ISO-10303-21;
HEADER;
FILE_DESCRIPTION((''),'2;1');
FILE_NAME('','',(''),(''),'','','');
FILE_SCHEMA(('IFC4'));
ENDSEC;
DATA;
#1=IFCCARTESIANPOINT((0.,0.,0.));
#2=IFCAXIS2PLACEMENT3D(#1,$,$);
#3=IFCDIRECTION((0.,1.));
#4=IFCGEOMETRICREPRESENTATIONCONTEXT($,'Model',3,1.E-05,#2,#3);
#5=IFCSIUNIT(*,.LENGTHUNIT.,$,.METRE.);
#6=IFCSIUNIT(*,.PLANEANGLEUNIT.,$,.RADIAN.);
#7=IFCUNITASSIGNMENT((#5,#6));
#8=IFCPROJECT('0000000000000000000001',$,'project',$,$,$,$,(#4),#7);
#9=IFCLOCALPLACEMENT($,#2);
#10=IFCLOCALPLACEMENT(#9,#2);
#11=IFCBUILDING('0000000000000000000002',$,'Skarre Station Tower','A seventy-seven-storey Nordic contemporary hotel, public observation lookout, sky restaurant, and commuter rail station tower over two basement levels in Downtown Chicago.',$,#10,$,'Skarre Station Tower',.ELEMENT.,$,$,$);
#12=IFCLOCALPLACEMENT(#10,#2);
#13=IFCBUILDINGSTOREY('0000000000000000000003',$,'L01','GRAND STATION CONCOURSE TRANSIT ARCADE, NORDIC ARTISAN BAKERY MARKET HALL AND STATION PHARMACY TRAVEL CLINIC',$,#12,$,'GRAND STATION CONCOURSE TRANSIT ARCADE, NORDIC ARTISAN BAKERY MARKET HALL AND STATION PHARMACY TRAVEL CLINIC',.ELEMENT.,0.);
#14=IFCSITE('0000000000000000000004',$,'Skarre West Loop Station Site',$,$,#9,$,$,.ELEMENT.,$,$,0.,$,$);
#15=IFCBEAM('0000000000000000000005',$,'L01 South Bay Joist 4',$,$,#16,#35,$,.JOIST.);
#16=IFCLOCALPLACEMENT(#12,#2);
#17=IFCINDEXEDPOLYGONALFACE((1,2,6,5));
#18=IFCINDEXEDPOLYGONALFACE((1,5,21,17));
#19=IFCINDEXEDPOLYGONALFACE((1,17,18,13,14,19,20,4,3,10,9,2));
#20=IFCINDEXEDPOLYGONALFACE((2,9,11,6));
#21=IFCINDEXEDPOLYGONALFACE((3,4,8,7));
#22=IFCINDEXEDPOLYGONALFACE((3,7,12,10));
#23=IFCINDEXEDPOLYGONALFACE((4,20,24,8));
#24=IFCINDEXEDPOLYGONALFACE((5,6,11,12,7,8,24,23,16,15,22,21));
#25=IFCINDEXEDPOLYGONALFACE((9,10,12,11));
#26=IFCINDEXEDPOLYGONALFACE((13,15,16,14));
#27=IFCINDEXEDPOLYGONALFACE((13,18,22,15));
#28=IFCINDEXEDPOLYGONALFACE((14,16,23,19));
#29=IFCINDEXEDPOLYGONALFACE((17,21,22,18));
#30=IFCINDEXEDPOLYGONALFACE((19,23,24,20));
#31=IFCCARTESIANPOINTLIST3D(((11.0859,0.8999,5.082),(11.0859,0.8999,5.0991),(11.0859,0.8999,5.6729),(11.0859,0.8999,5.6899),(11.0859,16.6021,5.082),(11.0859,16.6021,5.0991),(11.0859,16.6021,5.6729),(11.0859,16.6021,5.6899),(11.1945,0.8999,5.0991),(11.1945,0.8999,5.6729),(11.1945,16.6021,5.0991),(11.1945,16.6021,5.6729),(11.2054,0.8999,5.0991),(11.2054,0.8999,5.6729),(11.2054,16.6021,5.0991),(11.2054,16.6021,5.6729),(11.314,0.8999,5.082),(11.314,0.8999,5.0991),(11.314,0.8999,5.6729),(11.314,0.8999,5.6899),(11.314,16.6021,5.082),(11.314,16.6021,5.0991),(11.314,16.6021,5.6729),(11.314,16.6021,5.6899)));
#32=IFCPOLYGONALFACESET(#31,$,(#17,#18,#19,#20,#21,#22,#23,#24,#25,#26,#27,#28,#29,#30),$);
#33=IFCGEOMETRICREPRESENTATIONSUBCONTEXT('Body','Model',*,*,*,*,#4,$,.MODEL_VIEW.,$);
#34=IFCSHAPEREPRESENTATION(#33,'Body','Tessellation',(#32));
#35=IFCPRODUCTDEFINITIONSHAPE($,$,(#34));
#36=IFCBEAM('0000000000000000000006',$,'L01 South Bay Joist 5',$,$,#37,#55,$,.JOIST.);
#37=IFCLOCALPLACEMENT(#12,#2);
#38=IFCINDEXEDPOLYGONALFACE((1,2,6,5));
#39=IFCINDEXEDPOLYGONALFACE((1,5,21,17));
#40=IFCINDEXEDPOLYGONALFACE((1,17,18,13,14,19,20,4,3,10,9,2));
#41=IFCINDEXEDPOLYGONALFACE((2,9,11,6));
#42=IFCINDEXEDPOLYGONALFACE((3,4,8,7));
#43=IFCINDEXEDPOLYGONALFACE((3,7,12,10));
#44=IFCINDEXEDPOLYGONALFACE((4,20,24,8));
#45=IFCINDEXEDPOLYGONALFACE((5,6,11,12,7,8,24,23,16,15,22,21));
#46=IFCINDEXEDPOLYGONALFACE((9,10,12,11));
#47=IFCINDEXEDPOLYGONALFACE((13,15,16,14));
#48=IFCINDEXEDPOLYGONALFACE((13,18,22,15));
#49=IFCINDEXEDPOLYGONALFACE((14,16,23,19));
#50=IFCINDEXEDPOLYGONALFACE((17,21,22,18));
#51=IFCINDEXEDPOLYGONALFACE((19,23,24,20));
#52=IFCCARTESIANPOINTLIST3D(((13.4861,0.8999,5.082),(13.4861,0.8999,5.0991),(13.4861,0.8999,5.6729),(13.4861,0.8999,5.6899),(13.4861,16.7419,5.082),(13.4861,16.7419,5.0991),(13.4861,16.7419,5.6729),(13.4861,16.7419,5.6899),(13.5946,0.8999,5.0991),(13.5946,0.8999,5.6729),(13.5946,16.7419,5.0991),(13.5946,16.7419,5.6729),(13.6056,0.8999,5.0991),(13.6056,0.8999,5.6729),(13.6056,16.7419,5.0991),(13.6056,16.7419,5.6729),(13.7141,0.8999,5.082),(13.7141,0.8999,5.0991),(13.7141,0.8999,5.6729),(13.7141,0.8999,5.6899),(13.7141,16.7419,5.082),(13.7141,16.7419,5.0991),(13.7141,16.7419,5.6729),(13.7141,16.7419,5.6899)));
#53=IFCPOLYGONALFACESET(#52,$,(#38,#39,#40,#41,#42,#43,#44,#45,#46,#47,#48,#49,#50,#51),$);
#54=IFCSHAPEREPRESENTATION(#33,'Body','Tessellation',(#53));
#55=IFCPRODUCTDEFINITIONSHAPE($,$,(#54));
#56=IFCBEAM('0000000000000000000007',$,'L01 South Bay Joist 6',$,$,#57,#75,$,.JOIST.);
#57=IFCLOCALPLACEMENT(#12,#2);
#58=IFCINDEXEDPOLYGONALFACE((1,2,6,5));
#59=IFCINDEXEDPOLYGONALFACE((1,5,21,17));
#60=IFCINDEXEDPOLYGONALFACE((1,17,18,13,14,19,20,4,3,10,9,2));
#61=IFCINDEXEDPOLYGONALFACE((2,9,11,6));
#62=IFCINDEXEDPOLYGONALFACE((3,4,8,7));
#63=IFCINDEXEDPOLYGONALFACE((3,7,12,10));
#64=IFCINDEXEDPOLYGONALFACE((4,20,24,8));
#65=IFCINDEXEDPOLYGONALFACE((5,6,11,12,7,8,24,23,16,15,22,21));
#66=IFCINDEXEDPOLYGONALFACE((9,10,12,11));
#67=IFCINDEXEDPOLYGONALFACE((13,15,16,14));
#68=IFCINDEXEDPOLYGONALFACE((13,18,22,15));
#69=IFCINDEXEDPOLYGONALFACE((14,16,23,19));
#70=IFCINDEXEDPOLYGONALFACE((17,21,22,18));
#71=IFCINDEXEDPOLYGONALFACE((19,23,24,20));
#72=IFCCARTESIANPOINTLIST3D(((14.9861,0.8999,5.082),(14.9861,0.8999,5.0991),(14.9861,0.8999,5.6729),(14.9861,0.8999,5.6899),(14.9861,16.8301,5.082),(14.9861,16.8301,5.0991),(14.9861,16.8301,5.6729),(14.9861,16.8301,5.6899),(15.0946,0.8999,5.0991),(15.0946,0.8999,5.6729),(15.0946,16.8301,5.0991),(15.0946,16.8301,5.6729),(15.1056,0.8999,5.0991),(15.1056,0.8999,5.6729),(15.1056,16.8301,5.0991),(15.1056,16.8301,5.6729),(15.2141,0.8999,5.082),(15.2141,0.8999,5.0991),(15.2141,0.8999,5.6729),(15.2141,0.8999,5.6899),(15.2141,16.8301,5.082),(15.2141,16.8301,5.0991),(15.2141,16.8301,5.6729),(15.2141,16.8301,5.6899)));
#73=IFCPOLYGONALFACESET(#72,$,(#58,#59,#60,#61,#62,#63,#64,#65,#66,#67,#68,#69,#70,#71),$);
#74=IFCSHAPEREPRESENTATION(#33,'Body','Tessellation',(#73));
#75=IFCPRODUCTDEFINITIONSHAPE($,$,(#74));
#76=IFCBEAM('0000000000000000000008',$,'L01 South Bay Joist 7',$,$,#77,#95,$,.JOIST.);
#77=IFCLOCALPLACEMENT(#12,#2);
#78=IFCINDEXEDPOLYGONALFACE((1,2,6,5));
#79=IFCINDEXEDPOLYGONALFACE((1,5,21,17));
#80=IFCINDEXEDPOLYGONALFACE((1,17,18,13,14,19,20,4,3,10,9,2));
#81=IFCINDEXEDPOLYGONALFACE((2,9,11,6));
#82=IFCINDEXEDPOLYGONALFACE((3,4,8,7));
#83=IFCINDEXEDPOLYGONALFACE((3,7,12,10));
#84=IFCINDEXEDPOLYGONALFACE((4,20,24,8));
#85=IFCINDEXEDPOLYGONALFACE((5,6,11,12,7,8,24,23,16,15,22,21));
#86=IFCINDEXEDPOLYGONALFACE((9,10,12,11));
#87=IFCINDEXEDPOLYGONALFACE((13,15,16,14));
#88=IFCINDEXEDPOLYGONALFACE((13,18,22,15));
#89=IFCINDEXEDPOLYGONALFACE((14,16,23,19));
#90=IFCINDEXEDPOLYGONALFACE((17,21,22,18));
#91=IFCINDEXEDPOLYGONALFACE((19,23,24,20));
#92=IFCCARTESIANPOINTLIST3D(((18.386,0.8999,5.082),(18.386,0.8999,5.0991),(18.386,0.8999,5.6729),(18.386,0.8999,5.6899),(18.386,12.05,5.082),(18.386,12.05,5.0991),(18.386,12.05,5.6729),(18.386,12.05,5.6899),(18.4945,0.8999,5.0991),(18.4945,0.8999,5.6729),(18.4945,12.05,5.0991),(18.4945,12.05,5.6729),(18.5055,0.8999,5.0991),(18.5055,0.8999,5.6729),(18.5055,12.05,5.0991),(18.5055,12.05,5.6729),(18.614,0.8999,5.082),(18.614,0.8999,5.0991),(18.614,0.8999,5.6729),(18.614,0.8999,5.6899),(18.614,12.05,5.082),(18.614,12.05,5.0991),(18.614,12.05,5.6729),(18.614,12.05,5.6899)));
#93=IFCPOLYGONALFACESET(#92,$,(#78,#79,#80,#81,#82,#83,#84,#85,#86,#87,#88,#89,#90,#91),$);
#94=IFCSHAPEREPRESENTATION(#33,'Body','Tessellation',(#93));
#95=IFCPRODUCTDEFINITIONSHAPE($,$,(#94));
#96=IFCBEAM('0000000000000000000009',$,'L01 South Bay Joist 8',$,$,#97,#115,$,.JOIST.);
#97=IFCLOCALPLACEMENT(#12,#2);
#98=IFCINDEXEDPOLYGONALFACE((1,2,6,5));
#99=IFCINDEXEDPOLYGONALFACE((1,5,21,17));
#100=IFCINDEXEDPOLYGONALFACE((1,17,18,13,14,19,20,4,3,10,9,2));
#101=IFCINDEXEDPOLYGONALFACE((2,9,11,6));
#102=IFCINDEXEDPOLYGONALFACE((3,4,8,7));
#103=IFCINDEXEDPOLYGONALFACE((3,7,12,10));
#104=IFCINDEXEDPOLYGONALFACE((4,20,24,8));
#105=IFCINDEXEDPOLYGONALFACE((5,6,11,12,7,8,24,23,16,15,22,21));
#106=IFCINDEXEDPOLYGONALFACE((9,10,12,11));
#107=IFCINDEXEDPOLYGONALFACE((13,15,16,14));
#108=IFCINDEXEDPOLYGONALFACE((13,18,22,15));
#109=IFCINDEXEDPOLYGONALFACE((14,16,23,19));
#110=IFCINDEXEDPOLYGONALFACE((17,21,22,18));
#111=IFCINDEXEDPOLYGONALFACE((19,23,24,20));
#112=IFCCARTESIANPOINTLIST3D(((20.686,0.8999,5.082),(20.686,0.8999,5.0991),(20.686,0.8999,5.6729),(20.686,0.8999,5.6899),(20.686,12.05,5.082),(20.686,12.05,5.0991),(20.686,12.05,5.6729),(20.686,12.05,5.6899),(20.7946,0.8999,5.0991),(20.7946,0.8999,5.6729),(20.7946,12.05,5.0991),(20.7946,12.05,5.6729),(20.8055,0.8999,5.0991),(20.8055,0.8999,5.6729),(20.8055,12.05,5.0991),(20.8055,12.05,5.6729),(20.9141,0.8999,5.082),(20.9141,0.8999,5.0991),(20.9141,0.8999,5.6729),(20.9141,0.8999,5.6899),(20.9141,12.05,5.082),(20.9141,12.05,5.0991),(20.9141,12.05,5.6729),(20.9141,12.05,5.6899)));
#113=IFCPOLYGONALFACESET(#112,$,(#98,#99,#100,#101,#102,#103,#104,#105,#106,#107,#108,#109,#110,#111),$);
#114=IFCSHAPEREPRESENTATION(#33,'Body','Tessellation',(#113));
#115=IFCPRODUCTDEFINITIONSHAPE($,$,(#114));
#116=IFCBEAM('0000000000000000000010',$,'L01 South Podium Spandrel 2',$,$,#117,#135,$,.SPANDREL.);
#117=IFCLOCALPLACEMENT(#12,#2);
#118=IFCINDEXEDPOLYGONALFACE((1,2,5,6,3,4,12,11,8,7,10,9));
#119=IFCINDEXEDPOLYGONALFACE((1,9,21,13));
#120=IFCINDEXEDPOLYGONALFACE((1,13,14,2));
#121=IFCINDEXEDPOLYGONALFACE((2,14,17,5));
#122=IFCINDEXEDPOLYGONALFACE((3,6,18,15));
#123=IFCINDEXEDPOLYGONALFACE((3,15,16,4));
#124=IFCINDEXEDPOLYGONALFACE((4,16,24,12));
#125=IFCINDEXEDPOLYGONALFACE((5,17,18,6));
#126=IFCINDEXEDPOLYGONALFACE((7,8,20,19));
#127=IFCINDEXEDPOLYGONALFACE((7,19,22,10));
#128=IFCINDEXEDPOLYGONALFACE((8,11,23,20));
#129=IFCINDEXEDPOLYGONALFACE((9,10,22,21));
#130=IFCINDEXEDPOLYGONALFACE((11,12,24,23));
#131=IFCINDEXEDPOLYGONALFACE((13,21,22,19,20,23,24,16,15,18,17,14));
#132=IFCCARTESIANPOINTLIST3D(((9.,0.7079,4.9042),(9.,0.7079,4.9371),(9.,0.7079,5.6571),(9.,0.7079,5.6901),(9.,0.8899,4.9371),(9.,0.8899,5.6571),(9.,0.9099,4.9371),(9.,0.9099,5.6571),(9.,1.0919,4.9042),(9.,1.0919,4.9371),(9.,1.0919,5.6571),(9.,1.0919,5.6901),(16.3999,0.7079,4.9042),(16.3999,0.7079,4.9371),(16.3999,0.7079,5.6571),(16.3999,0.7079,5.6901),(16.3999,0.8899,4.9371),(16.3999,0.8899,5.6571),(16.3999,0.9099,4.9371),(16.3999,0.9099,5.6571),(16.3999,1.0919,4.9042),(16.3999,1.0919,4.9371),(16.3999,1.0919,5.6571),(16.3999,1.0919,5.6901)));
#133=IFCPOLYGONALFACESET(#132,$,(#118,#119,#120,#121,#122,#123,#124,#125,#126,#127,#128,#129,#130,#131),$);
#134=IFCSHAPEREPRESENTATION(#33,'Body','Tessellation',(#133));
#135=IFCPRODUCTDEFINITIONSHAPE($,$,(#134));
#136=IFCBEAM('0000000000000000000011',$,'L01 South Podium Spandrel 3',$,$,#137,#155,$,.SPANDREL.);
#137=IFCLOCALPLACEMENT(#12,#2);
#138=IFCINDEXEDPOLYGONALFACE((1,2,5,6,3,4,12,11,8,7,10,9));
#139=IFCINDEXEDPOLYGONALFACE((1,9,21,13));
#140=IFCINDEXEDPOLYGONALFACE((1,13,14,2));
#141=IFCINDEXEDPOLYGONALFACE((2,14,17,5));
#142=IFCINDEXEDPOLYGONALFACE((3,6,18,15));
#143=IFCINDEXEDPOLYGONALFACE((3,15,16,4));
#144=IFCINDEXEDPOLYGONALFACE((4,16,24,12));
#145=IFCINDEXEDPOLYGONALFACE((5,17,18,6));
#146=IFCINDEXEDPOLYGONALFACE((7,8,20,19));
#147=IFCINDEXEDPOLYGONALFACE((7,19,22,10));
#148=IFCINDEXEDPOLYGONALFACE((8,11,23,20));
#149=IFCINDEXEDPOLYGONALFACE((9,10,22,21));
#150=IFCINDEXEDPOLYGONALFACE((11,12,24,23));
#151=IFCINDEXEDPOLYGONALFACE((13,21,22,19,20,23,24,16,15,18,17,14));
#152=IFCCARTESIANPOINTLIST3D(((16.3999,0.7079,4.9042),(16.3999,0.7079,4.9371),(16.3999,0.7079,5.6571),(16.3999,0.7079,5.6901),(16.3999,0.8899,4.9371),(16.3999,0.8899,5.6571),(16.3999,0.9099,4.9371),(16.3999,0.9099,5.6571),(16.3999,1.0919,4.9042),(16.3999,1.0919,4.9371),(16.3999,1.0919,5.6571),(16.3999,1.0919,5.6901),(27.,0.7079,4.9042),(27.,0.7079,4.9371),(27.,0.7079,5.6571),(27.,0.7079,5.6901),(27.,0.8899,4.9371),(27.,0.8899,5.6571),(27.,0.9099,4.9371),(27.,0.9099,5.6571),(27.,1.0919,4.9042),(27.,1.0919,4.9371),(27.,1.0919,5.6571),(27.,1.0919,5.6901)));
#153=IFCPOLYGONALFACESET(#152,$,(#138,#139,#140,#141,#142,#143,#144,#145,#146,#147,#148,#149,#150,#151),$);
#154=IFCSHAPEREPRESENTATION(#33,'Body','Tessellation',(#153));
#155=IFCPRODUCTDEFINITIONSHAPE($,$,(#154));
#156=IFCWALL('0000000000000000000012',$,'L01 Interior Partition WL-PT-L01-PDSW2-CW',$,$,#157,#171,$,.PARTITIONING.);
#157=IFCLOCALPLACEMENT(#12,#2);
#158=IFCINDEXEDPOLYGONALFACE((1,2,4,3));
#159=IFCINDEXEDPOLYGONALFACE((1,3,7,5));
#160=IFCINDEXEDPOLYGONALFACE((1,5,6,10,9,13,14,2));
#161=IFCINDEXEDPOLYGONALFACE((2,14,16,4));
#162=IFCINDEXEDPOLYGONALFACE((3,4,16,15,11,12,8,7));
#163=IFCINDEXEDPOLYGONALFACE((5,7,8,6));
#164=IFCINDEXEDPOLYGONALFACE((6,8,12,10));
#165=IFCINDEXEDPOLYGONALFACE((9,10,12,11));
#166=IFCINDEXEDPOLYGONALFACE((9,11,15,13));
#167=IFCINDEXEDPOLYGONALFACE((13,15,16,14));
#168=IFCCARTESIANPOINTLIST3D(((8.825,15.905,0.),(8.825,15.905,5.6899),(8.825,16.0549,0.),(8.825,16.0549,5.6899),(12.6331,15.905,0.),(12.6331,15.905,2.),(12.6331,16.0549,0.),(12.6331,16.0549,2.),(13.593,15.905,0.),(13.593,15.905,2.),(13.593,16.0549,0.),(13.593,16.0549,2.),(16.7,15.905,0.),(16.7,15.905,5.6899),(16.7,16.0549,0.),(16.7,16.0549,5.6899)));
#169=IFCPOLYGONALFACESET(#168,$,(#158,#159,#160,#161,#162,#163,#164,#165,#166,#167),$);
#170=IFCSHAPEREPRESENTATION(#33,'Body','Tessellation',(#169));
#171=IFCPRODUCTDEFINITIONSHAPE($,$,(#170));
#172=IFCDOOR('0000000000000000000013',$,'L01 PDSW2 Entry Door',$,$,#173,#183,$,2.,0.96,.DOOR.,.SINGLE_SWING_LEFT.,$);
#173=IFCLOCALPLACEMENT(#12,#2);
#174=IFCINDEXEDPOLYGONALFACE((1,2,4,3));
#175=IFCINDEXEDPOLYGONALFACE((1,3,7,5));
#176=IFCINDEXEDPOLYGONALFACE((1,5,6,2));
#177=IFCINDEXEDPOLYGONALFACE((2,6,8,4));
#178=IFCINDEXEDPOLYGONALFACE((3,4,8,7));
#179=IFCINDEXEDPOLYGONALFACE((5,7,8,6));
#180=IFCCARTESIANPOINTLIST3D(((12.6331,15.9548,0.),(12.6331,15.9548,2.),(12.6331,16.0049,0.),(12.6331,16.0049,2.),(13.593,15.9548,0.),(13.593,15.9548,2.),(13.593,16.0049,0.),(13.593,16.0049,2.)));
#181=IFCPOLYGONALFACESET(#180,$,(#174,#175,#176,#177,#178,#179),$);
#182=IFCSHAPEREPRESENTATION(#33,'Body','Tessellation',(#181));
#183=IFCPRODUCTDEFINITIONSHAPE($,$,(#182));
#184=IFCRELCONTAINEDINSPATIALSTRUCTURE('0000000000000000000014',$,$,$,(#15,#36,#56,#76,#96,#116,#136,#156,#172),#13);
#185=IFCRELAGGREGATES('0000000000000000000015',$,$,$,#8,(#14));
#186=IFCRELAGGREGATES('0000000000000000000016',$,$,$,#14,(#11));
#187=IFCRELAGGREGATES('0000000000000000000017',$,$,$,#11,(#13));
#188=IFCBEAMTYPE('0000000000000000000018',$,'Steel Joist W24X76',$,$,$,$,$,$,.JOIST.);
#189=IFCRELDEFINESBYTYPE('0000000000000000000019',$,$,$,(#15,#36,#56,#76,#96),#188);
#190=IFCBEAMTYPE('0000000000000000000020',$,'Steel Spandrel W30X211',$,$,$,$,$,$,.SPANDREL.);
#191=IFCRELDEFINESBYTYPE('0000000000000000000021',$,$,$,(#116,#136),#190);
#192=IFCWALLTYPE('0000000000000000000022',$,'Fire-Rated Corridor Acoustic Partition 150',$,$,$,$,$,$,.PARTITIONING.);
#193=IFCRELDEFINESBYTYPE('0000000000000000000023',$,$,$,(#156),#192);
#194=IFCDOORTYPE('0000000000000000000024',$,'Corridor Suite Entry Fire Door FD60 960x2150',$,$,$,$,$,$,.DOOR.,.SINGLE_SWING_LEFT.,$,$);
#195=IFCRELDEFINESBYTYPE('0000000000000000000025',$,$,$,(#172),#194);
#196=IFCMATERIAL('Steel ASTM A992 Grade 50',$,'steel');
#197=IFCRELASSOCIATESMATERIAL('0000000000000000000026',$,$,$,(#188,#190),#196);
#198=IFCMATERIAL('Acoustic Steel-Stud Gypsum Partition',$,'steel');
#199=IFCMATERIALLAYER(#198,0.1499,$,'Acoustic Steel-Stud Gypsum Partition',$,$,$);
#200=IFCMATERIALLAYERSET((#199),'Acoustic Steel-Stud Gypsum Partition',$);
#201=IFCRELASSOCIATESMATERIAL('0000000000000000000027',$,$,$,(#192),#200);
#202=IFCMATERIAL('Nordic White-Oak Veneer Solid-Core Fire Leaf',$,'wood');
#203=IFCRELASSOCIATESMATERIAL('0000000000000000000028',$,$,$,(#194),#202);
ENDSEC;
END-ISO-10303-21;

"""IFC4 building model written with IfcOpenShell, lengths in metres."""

from ifc_helpers import new_model, si_unit, direction, frame, frame_2d, origin, origin_2d, place, context, subcontext, project, spatial, rectangle, i_section, extrude, material, layer, layer_set, material_profile, profile_set, type_object, element, fill, save


model = new_model("IFC4")

# Units and contexts
model_context = context("Model", 3, precision=1e-05, world=origin(), true_north=direction((0.0, 1.0)))
body_context = subcontext(model_context, "Body", "Model", "MODEL_VIEW")
ifc_project = project(units=[si_unit("LENGTHUNIT", "METRE"), si_unit("PLANEANGLEUNIT", "RADIAN")], contexts=[model_context])

# Site, building, storey
site_placement = place(None, origin())
site = spatial("IfcSite", under=ifc_project, at=site_placement, Name="Skarre West Loop Station Site", CompositionType="ELEMENT", RefElevation=0.0)
building_placement = place(site_placement, origin())
building = spatial("IfcBuilding", under=site, at=building_placement, Name="Skarre Station Tower", Description="A seventy-seven-storey Nordic contemporary hotel, public observation lookout, sky restaurant, and commuter rail station tower over two basement levels in Downtown Chicago.", LongName="Skarre Station Tower", CompositionType="ELEMENT")
storey_placement = place(building_placement, origin())
storey = spatial("IfcBuildingStorey", under=building, at=storey_placement, Name="L01", Description="GRAND STATION CONCOURSE TRANSIT ARCADE, NORDIC ARTISAN BAKERY MARKET HALL AND STATION PHARMACY TRAVEL CLINIC", LongName="GRAND STATION CONCOURSE TRANSIT ARCADE, NORDIC ARTISAN BAKERY MARKET HALL AND STATION PHARMACY TRAVEL CLINIC", CompositionType="ELEMENT", Elevation=0.0)

# Beams
ifc_material_1 = material(Name="Steel ASTM A992 Grade 50", Category="steel")
ifc_material_profile_1 = material_profile(ifc_material_1, i_section(OverallWidth=0.228, OverallDepth=0.6079, WebThickness=0.011, FlangeThickness=0.0171, at=origin_2d()), Name="Steel ASTM A992 Grade 50")
ifc_profile_set_1 = profile_set([ifc_material_profile_1], Name="Steel ASTM A992 Grade 50")
beam_type_1 = type_object("IfcBeamType", Name="Steel Joist W24X76", PredefinedType="JOIST", material=ifc_profile_set_1)
beam_1_placement = place(storey_placement, frame((11.2, 0.8999, 5.386), z_axis=(0.0, 1.0, 0.0), x_axis=(-1.0, 0.0, 0.0)))
element("IfcBeam", 1, at=beam_1_placement, inside=storey, type_object=beam_type_1, Name="L01 South Bay Joist 4", PredefinedType="JOIST", context=body_context, shape_type="SweptSolid", body=[
    extrude(i_section(OverallWidth=0.228, OverallDepth=0.6079, WebThickness=0.011, FlangeThickness=0.0171, at=origin_2d()), origin(), (0.0, 0.0, 1.0), 15.7021),
])
beam_2_placement = place(storey_placement, frame((13.6001, 0.8999, 5.386), z_axis=(0.0, 1.0, 0.0), x_axis=(-1.0, 0.0, 0.0)))
element("IfcBeam", 2, at=beam_2_placement, inside=storey, type_object=beam_type_1, Name="L01 South Bay Joist 5", PredefinedType="JOIST", context=body_context, shape_type="SweptSolid", body=[
    extrude(i_section(OverallWidth=0.228, OverallDepth=0.6079, WebThickness=0.011, FlangeThickness=0.0171, at=origin_2d()), origin(), (0.0, 0.0, 1.0), 15.842),
])
beam_3_placement = place(storey_placement, frame((15.1001, 0.8999, 5.386), z_axis=(0.0, 1.0, 0.0), x_axis=(-1.0, 0.0, 0.0)))
element("IfcBeam", 3, at=beam_3_placement, inside=storey, type_object=beam_type_1, Name="L01 South Bay Joist 6", PredefinedType="JOIST", context=body_context, shape_type="SweptSolid", body=[
    extrude(i_section(OverallWidth=0.228, OverallDepth=0.6079, WebThickness=0.011, FlangeThickness=0.0171, at=origin_2d()), origin(), (0.0, 0.0, 1.0), 15.9302),
])
for number, where, z_axis, x_axis, name in (
    (4, (18.5, 0.8999, 5.386), (0.0, 1.0, 0.0), (-1.0, 0.0, 0.0), "L01 South Bay Joist 7"),
    (5, (20.8, 0.8999, 5.386), (0.0, 1.0, 0.0), (-1.0, 0.0, 0.0), "L01 South Bay Joist 8"),
):
    element("IfcBeam", number, at=place(storey_placement, frame(where, z_axis=z_axis, x_axis=x_axis)), inside=storey, type_object=beam_type_1, Name=name, PredefinedType="JOIST", context=body_context, shape_type="SweptSolid", body=[
        extrude(i_section(OverallWidth=0.228, OverallDepth=0.6079, WebThickness=0.011, FlangeThickness=0.0171, at=origin_2d()), origin(), (0.0, 0.0, 1.0), 11.1501),
    ])
ifc_material_profile_2 = material_profile(ifc_material_1, i_section(OverallWidth=0.384, OverallDepth=0.7859, WebThickness=0.02, FlangeThickness=0.033, at=origin_2d()), Name="Steel ASTM A992 Grade 50")
ifc_profile_set_2 = profile_set([ifc_material_profile_2], Name="Steel ASTM A992 Grade 50")
beam_type_2 = type_object("IfcBeamType", Name="Steel Spandrel W30X211", PredefinedType="SPANDREL", material=ifc_profile_set_2)
beam_4_placement = place(storey_placement, frame((9.0, 0.8999, 5.2971), z_axis=(1.0, 0.0, 0.0), x_axis=(0.0, 1.0, 0.0)))
element("IfcBeam", 6, at=beam_4_placement, inside=storey, type_object=beam_type_2, Name="L01 South Podium Spandrel 2", PredefinedType="SPANDREL", context=body_context, shape_type="SweptSolid", body=[
    extrude(i_section(OverallWidth=0.384, OverallDepth=0.7859, WebThickness=0.02, FlangeThickness=0.033, at=origin_2d()), origin(), (0.0, 0.0, 1.0), 7.3999),
])
beam_5_placement = place(storey_placement, frame((16.3999, 0.8999, 5.2971), z_axis=(1.0, 0.0, 0.0), x_axis=(0.0, 1.0, 0.0)))
element("IfcBeam", 7, at=beam_5_placement, inside=storey, type_object=beam_type_2, Name="L01 South Podium Spandrel 3", PredefinedType="SPANDREL", context=body_context, shape_type="SweptSolid", body=[
    extrude(i_section(OverallWidth=0.384, OverallDepth=0.7859, WebThickness=0.02, FlangeThickness=0.033, at=origin_2d()), origin(), (0.0, 0.0, 1.0), 10.6001),
])

# Wall, opening, door
ifc_material_2 = material(Name="Acoustic Steel-Stud Gypsum Partition", Category="steel")
ifc_layer_1 = layer(ifc_material_2, 0.1499, Name="Acoustic Steel-Stud Gypsum Partition")
ifc_layer_set_1 = layer_set([ifc_layer_1], Name="Acoustic Steel-Stud Gypsum Partition")
wall_type_1 = type_object("IfcWallType", Name="Fire-Rated Corridor Acoustic Partition 150", PredefinedType="PARTITIONING", material=ifc_layer_set_1)
wall_1_placement = place(storey_placement, frame((8.825, 15.98, 0.0), z_axis=(0.0, 0.0, 1.0), x_axis=(1.0, 0.0, 0.0)))
wall_1 = element("IfcWall", 8, at=wall_1_placement, inside=storey, type_object=wall_type_1, Name="L01 Interior Partition WL-PT-L01-PDSW2-CW", PredefinedType="PARTITIONING", context=body_context, shape_type="SweptSolid", body=[
    extrude(rectangle(XDim=7.875, YDim=0.1499, at=frame_2d((3.9375, 0.0))), origin(), (0.0, 0.0, 1.0), 5.6899),
])
opening_placement = place(wall_1_placement, frame((3.8081, 0.0, 0.0)))
opening = element("IfcOpeningElement", 9, at=opening_placement, cuts=wall_1, PredefinedType="OPENING", context=body_context, shape_type="SweptSolid", body=[
    extrude(rectangle(XDim=0.96, YDim=2.0, at=frame_2d((0.48, 1.0))), frame((0.0, 0.085, 0.0), z_axis=(0.0, -1.0, 0.0), x_axis=(1.0, 0.0, 0.0)), (0.0, 0.0, 1.0), 0.1699),
])
ifc_material_3 = material(Name="Nordic White-Oak Veneer Solid-Core Fire Leaf", Category="wood")
door_type = type_object("IfcDoorType", Name="Corridor Suite Entry Fire Door FD60 960x2150", OperationType="SINGLE_SWING_LEFT", PredefinedType="DOOR", material=ifc_material_3)
door_placement = place(opening_placement, origin())
door = element("IfcDoor", 10, at=door_placement, inside=storey, type_object=door_type, Name="L01 PDSW2 Entry Door", OperationType="SINGLE_SWING_LEFT", OverallHeight=2.0, OverallWidth=0.96, PredefinedType="DOOR", context=body_context, shape_type="SweptSolid", body=[
    extrude(rectangle(XDim=0.96, YDim=2.0, at=frame_2d((0.48, 1.0))), frame((0.0, 0.0249, 0.0), z_axis=(0.0, -1.0, 0.0), x_axis=(1.0, 0.0, 0.0)), (0.0, 0.0, 1.0), 0.05),
])
fill(opening, door)

save(model, "model.ifc")
